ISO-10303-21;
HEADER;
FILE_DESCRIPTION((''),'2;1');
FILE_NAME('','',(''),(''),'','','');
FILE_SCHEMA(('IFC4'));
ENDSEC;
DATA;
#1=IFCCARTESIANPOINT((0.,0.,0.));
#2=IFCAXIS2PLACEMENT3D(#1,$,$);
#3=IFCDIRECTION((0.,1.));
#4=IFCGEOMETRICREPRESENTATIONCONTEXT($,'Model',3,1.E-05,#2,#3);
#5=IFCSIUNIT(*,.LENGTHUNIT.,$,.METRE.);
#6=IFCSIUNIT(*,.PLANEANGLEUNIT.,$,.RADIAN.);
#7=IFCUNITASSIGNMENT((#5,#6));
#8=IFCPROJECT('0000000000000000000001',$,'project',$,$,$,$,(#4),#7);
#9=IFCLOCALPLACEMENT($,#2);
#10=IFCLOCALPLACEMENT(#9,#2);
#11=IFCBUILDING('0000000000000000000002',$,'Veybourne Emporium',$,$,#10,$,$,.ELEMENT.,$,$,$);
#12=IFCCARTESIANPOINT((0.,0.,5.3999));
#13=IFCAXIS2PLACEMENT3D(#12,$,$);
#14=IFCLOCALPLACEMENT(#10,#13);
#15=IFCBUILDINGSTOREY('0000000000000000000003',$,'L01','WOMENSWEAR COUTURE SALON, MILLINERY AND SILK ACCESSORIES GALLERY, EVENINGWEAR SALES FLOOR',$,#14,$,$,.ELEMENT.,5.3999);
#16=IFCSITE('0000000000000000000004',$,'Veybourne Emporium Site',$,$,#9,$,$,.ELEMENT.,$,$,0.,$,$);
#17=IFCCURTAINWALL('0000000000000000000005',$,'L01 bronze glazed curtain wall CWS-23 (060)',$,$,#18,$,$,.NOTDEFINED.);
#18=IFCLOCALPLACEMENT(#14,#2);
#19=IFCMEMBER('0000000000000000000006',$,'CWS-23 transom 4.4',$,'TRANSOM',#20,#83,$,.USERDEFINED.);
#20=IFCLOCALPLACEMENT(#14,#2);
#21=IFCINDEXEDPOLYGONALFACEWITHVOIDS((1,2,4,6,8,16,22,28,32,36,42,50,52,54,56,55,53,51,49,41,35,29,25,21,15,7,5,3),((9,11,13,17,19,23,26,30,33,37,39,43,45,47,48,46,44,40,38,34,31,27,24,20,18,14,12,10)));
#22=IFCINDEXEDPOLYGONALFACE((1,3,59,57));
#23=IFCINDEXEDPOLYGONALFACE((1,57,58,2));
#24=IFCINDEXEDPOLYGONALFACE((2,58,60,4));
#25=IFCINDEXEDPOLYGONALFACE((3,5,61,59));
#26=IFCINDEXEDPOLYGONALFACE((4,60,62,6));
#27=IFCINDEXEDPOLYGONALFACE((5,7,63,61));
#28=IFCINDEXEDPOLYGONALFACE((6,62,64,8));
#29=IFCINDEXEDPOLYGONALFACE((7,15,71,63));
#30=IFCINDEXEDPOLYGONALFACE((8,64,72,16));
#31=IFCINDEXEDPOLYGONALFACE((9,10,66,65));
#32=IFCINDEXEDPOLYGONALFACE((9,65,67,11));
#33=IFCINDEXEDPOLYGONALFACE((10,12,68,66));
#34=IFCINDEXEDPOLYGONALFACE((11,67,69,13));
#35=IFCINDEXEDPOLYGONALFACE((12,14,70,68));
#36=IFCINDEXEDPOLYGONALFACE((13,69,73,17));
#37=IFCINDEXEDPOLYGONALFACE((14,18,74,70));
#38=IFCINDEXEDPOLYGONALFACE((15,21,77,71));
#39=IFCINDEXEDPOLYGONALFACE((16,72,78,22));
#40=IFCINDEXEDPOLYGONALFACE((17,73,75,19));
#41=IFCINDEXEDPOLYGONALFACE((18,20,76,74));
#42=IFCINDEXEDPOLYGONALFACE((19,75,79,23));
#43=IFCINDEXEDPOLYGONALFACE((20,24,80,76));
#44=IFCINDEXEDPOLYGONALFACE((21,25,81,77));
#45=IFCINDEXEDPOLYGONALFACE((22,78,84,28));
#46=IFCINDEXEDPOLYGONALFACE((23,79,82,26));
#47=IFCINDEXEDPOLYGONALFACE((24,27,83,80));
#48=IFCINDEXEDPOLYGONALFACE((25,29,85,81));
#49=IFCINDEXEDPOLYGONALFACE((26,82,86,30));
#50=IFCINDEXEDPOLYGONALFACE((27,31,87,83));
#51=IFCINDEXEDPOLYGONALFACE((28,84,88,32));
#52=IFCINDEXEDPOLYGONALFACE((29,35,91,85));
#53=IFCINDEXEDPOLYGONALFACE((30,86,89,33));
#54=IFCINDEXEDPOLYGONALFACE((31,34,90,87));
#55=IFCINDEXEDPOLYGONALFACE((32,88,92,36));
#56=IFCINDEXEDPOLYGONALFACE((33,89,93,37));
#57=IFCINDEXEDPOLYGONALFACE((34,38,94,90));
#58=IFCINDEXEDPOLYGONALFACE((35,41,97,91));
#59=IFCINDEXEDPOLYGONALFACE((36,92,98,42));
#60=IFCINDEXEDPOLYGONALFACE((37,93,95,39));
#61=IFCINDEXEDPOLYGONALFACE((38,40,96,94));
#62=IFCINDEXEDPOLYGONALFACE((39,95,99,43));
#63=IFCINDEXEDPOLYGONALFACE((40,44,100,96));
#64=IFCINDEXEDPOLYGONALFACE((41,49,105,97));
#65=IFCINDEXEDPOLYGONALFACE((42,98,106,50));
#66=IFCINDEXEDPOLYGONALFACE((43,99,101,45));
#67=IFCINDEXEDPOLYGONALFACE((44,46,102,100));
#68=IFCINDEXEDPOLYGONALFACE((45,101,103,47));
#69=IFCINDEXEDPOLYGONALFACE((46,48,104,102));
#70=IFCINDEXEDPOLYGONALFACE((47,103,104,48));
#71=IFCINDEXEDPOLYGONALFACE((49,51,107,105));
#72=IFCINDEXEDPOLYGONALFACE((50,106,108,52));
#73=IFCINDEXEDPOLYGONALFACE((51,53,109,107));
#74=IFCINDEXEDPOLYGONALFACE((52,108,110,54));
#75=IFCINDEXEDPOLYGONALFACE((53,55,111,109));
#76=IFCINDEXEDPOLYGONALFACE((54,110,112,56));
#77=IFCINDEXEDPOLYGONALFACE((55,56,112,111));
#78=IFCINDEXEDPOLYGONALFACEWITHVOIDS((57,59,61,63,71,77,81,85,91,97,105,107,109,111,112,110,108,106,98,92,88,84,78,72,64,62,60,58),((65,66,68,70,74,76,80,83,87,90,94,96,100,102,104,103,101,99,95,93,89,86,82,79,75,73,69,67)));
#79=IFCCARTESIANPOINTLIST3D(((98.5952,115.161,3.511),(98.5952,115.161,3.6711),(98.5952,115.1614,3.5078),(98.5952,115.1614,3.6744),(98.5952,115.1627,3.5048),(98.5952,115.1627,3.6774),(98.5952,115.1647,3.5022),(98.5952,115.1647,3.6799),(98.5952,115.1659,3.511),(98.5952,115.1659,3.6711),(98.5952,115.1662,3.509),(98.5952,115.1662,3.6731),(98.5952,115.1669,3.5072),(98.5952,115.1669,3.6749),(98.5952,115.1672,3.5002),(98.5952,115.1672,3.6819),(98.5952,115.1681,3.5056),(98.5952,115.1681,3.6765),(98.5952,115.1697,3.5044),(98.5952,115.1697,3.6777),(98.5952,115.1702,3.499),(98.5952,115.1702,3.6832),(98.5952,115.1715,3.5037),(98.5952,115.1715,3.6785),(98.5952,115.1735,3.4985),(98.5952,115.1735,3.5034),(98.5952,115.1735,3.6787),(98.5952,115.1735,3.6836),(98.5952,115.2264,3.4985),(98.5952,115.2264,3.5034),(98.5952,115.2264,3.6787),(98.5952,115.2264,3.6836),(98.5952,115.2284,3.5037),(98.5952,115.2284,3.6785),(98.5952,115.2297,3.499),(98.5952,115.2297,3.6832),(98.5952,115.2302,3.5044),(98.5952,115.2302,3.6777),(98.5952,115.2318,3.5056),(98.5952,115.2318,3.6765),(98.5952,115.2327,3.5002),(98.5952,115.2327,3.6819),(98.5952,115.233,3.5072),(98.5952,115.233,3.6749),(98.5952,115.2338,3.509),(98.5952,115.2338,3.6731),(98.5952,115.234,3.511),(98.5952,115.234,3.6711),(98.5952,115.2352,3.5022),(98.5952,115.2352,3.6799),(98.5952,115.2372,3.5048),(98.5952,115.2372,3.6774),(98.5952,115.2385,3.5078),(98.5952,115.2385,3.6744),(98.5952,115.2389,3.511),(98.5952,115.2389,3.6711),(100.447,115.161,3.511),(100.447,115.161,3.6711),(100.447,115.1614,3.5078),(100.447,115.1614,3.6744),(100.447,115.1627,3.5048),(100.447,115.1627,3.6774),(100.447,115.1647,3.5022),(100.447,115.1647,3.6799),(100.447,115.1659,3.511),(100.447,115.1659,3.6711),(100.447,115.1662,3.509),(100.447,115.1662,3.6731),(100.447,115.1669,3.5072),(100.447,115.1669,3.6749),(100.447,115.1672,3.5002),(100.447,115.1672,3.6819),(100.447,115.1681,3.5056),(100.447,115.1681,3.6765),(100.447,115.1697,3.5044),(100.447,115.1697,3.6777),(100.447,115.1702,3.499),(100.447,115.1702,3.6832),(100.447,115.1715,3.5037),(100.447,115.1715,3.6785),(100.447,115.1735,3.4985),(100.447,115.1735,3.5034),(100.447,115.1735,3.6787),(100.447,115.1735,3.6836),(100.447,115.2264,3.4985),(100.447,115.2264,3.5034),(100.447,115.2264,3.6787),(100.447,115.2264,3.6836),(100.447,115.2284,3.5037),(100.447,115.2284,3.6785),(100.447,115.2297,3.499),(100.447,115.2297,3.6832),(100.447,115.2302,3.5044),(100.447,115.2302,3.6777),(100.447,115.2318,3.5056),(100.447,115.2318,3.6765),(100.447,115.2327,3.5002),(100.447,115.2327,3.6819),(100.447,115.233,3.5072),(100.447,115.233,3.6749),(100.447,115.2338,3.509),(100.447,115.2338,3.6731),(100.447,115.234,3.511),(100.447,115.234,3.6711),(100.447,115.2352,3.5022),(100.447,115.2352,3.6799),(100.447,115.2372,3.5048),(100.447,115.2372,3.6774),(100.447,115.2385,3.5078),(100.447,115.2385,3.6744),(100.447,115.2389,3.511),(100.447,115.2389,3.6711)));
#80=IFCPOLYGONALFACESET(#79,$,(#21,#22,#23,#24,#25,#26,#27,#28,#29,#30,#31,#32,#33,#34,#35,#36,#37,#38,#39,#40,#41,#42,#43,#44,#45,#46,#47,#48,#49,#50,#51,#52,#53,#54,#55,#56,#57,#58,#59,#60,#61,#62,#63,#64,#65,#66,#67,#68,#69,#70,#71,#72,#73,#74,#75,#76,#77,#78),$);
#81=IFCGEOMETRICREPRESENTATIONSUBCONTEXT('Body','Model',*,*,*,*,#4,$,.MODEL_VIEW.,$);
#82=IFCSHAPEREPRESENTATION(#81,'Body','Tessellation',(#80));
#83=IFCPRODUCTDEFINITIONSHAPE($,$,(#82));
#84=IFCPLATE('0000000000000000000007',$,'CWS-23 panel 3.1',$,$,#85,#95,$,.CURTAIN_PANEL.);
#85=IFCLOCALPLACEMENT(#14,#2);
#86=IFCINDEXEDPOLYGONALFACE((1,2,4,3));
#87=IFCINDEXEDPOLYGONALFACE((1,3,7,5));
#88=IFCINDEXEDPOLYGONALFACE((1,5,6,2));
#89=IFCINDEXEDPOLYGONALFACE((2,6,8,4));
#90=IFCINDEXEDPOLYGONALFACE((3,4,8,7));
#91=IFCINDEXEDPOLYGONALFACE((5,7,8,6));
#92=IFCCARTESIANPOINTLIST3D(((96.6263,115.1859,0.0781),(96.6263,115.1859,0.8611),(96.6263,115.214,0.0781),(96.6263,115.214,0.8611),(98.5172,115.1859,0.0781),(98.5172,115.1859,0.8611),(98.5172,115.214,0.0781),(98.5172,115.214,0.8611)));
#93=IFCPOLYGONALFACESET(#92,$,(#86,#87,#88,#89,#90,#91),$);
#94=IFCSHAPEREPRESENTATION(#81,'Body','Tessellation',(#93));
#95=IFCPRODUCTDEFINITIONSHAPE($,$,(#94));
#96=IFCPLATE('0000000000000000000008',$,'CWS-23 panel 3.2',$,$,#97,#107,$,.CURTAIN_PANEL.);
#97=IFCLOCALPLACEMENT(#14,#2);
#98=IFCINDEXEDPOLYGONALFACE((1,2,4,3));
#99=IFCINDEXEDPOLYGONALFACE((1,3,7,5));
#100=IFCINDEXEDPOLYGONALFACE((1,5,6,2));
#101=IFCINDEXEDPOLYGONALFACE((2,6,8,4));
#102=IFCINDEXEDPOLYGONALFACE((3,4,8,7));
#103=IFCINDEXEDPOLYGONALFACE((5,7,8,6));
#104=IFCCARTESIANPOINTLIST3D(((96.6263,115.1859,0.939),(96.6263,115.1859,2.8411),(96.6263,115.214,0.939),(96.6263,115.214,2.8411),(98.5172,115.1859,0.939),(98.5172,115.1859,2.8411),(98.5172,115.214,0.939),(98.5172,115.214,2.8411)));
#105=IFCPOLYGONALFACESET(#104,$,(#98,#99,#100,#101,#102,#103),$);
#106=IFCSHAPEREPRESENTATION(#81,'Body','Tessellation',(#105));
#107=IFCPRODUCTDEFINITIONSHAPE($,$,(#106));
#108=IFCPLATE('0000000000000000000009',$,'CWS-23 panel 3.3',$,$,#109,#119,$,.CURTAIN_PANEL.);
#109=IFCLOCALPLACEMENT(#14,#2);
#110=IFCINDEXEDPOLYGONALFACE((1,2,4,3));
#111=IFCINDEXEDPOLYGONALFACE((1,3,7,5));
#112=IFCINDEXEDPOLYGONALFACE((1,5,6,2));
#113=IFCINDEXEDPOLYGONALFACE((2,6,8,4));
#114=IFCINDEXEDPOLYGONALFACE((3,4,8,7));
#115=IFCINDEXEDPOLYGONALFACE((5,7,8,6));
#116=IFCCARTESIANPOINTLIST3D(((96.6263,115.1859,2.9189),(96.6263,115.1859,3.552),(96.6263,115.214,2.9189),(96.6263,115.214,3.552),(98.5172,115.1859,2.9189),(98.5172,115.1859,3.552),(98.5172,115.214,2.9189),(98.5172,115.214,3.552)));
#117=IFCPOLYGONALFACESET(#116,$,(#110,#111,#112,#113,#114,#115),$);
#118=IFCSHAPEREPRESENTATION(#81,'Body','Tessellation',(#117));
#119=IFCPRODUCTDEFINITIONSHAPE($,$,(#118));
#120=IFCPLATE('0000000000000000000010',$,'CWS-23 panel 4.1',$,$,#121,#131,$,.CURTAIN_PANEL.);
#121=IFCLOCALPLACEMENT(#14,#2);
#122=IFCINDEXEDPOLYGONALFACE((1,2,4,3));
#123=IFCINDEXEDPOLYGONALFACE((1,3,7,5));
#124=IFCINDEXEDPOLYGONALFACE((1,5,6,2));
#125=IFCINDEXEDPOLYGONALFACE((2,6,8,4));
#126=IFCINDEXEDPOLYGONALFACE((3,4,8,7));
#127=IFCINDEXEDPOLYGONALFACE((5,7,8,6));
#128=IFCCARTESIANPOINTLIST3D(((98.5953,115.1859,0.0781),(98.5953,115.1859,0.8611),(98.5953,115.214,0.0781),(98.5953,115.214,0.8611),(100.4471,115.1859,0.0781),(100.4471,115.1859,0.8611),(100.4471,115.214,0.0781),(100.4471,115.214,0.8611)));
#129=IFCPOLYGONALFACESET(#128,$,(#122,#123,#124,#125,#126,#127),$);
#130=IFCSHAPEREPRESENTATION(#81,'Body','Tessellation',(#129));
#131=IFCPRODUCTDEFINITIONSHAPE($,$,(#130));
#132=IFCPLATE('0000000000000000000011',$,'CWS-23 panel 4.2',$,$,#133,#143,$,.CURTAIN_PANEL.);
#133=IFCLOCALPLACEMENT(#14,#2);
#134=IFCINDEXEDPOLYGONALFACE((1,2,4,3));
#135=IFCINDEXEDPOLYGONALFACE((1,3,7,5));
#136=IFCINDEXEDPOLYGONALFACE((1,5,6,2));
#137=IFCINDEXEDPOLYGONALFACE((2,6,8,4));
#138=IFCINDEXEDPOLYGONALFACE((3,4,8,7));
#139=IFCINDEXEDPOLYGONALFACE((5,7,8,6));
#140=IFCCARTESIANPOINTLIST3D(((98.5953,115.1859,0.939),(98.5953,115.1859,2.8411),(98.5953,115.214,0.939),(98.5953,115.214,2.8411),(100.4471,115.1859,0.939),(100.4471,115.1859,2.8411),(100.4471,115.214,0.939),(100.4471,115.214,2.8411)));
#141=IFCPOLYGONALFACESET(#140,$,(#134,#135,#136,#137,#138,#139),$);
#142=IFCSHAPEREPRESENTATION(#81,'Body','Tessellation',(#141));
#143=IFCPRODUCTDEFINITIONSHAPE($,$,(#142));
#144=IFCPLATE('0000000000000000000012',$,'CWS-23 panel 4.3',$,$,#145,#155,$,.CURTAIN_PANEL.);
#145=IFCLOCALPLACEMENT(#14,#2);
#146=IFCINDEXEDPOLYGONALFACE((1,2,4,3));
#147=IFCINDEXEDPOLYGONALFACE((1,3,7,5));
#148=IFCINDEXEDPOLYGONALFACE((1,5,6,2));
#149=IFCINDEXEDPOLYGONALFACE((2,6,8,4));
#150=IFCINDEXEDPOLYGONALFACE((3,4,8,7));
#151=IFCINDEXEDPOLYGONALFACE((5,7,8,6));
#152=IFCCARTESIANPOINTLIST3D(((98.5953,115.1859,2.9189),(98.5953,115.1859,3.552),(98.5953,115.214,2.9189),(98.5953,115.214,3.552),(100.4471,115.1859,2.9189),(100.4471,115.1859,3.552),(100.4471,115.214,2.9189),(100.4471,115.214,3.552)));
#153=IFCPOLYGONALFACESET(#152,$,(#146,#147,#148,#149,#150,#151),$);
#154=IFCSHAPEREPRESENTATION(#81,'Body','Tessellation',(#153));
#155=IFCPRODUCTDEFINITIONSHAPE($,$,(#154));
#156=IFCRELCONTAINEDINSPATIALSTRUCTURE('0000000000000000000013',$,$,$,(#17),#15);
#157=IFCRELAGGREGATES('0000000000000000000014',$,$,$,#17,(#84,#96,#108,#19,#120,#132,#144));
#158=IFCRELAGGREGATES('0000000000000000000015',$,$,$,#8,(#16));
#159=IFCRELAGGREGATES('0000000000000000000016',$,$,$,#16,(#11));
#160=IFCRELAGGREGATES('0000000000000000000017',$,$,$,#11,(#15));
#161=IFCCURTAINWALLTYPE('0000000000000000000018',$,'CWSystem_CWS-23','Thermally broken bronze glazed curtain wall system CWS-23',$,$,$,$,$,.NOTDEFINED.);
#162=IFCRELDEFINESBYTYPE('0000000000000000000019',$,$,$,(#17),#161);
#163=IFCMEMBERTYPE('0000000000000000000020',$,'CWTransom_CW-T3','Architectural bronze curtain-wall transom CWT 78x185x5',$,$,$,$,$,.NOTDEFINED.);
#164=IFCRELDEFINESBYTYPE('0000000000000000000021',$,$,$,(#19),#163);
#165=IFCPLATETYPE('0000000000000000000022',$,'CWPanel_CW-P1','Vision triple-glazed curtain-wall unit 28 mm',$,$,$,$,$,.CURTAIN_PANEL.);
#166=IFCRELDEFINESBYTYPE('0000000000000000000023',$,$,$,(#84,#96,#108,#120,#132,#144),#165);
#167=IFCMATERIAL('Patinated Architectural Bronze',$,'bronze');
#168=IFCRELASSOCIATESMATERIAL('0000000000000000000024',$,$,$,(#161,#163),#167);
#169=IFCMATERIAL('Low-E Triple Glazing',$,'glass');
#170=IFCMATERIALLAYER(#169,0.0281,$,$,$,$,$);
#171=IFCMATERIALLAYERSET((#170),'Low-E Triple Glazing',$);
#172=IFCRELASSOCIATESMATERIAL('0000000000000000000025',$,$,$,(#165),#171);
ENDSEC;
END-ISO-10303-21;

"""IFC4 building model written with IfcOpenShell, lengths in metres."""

from ifc_helpers import new_model, si_unit, direction, frame, origin, origin_2d, place, context, subcontext, project, spatial, rectangle, hollow_rectangle, extrude, material, layer, layer_set, material_profile, profile_set, type_object, element, aggregate, save


model = new_model("IFC4")

# Units and contexts
model_context = context("Model", 3, precision=1e-05, world=origin(), true_north=direction((0.0, 1.0)))
body_context = subcontext(model_context, "Body", "Model", "MODEL_VIEW")
ifc_project = project(units=[si_unit("LENGTHUNIT", "METRE"), si_unit("PLANEANGLEUNIT", "RADIAN")], contexts=[model_context])

# Site, building, storey
site_placement = place(None, origin())
site = spatial("IfcSite", under=ifc_project, at=site_placement, Name="Veybourne Emporium Site", CompositionType="ELEMENT", RefElevation=0.0)
building_placement = place(site_placement, origin())
building = spatial("IfcBuilding", under=site, at=building_placement, Name="Veybourne Emporium", CompositionType="ELEMENT")
storey_placement = place(building_placement, frame((0.0, 0.0, 5.3999)))
storey = spatial("IfcBuildingStorey", under=building, at=storey_placement, Name="L01", Description="WOMENSWEAR COUTURE SALON, MILLINERY AND SILK ACCESSORIES GALLERY, EVENINGWEAR SALES FLOOR", CompositionType="ELEMENT", Elevation=5.3999)

# Curtain wall, member, plates
ifc_material_1 = material(Name="Patinated Architectural Bronze", Category="bronze")
curtain_wall_type = type_object("IfcCurtainWallType", Name="CWSystem_CWS-23", Description="Thermally broken bronze glazed curtain wall system CWS-23", PredefinedType="NOTDEFINED", material=ifc_material_1)
curtain_wall_placement = place(storey_placement, origin())
curtain_wall = element("IfcCurtainWall", 1, at=curtain_wall_placement, inside=storey, type_object=curtain_wall_type, Name="L01 bronze glazed curtain wall CWS-23 (060)", PredefinedType="NOTDEFINED")
ifc_material_profile_1 = material_profile(ifc_material_1, hollow_rectangle(XDim=0.0779, YDim=0.1851, WallThickness=0.0049, InnerFilletRadius=0.0076, OuterFilletRadius=0.0125, at=origin_2d()), Name="CWT 78x185x5")
ifc_profile_set_1 = profile_set([ifc_material_profile_1], Name="Patinated Architectural Bronze")
member_type_1 = type_object("IfcMemberType", Name="CWTransom_CW-T3", Description="Architectural bronze curtain-wall transom CWT 78x185x5", PredefinedType="NOTDEFINED", material=ifc_profile_set_1)
member_1_placement = place(storey_placement, frame((98.5952, 115.2, 3.5911), z_axis=(1.0, 0.0, 0.0), x_axis=(0.0, 1.0, 0.0)))
member_1 = element("IfcMember", 2, at=member_1_placement, type_object=member_type_1, Name="CWS-23 transom 4.4", ObjectType="TRANSOM", PredefinedType="USERDEFINED", context=body_context, shape_type="SweptSolid", body=[
    extrude(hollow_rectangle(XDim=0.0779, YDim=0.1851, WallThickness=0.0049, InnerFilletRadius=0.0076, OuterFilletRadius=0.0125, at=origin_2d()), origin(), (0.0, 0.0, 1.0), 1.8518),
])
ifc_material_2 = material(Name="Low-E Triple Glazing", Category="glass")
ifc_layer_1 = layer(ifc_material_2, 0.0281)
ifc_layer_set_1 = layer_set([ifc_layer_1], Name="Low-E Triple Glazing")
plate_type = type_object("IfcPlateType", Name="CWPanel_CW-P1", Description="Vision triple-glazed curtain-wall unit 28 mm", PredefinedType="CURTAIN_PANEL", material=ifc_layer_set_1)
plate_1_placement = place(storey_placement, frame((97.5718, 115.2, 0.0781), z_axis=(0.0, 0.0, 1.0), x_axis=(1.0, 0.0, 0.0)))
plate_1 = element("IfcPlate", 3, at=plate_1_placement, type_object=plate_type, Name="CWS-23 panel 3.1", PredefinedType="CURTAIN_PANEL", context=body_context, shape_type="SweptSolid", body=[
    extrude(rectangle(XDim=1.8909, YDim=0.0281, at=origin_2d()), origin(), (0.0, 0.0, 1.0), 0.783),
])
plate_2_placement = place(storey_placement, frame((97.5718, 115.2, 0.939), z_axis=(0.0, 0.0, 1.0), x_axis=(1.0, 0.0, 0.0)))
plate_2 = element("IfcPlate", 4, at=plate_2_placement, type_object=plate_type, Name="CWS-23 panel 3.2", PredefinedType="CURTAIN_PANEL", context=body_context, shape_type="SweptSolid", body=[
    extrude(rectangle(XDim=1.8909, YDim=0.0281, at=origin_2d()), origin(), (0.0, 0.0, 1.0), 1.9021),
])
plate_3_placement = place(storey_placement, frame((97.5718, 115.2, 2.9189), z_axis=(0.0, 0.0, 1.0), x_axis=(1.0, 0.0, 0.0)))
plate_3 = element("IfcPlate", 5, at=plate_3_placement, type_object=plate_type, Name="CWS-23 panel 3.3", PredefinedType="CURTAIN_PANEL", context=body_context, shape_type="SweptSolid", body=[
    extrude(rectangle(XDim=1.8909, YDim=0.0281, at=origin_2d()), origin(), (0.0, 0.0, 1.0), 0.6331),
])
plate_4_placement = place(storey_placement, frame((99.5212, 115.2, 0.0781), z_axis=(0.0, 0.0, 1.0), x_axis=(1.0, 0.0, 0.0)))
plate_4 = element("IfcPlate", 6, at=plate_4_placement, type_object=plate_type, Name="CWS-23 panel 4.1", PredefinedType="CURTAIN_PANEL", context=body_context, shape_type="SweptSolid", body=[
    extrude(rectangle(XDim=1.8518, YDim=0.0281, at=origin_2d()), origin(), (0.0, 0.0, 1.0), 0.783),
])
plate_5_placement = place(storey_placement, frame((99.5212, 115.2, 0.939), z_axis=(0.0, 0.0, 1.0), x_axis=(1.0, 0.0, 0.0)))
plate_5 = element("IfcPlate", 7, at=plate_5_placement, type_object=plate_type, Name="CWS-23 panel 4.2", PredefinedType="CURTAIN_PANEL", context=body_context, shape_type="SweptSolid", body=[
    extrude(rectangle(XDim=1.8518, YDim=0.0281, at=origin_2d()), origin(), (0.0, 0.0, 1.0), 1.9021),
])
plate_6_placement = place(storey_placement, frame((99.5212, 115.2, 2.9189), z_axis=(0.0, 0.0, 1.0), x_axis=(1.0, 0.0, 0.0)))
plate_6 = element("IfcPlate", 8, at=plate_6_placement, type_object=plate_type, Name="CWS-23 panel 4.3", PredefinedType="CURTAIN_PANEL", context=body_context, shape_type="SweptSolid", body=[
    extrude(rectangle(XDim=1.8518, YDim=0.0281, at=origin_2d()), origin(), (0.0, 0.0, 1.0), 0.6331),
])
aggregate(curtain_wall, [plate_1, plate_2, plate_3, member_1, plate_4, plate_5, plate_6])

save(model, "model.ifc")
